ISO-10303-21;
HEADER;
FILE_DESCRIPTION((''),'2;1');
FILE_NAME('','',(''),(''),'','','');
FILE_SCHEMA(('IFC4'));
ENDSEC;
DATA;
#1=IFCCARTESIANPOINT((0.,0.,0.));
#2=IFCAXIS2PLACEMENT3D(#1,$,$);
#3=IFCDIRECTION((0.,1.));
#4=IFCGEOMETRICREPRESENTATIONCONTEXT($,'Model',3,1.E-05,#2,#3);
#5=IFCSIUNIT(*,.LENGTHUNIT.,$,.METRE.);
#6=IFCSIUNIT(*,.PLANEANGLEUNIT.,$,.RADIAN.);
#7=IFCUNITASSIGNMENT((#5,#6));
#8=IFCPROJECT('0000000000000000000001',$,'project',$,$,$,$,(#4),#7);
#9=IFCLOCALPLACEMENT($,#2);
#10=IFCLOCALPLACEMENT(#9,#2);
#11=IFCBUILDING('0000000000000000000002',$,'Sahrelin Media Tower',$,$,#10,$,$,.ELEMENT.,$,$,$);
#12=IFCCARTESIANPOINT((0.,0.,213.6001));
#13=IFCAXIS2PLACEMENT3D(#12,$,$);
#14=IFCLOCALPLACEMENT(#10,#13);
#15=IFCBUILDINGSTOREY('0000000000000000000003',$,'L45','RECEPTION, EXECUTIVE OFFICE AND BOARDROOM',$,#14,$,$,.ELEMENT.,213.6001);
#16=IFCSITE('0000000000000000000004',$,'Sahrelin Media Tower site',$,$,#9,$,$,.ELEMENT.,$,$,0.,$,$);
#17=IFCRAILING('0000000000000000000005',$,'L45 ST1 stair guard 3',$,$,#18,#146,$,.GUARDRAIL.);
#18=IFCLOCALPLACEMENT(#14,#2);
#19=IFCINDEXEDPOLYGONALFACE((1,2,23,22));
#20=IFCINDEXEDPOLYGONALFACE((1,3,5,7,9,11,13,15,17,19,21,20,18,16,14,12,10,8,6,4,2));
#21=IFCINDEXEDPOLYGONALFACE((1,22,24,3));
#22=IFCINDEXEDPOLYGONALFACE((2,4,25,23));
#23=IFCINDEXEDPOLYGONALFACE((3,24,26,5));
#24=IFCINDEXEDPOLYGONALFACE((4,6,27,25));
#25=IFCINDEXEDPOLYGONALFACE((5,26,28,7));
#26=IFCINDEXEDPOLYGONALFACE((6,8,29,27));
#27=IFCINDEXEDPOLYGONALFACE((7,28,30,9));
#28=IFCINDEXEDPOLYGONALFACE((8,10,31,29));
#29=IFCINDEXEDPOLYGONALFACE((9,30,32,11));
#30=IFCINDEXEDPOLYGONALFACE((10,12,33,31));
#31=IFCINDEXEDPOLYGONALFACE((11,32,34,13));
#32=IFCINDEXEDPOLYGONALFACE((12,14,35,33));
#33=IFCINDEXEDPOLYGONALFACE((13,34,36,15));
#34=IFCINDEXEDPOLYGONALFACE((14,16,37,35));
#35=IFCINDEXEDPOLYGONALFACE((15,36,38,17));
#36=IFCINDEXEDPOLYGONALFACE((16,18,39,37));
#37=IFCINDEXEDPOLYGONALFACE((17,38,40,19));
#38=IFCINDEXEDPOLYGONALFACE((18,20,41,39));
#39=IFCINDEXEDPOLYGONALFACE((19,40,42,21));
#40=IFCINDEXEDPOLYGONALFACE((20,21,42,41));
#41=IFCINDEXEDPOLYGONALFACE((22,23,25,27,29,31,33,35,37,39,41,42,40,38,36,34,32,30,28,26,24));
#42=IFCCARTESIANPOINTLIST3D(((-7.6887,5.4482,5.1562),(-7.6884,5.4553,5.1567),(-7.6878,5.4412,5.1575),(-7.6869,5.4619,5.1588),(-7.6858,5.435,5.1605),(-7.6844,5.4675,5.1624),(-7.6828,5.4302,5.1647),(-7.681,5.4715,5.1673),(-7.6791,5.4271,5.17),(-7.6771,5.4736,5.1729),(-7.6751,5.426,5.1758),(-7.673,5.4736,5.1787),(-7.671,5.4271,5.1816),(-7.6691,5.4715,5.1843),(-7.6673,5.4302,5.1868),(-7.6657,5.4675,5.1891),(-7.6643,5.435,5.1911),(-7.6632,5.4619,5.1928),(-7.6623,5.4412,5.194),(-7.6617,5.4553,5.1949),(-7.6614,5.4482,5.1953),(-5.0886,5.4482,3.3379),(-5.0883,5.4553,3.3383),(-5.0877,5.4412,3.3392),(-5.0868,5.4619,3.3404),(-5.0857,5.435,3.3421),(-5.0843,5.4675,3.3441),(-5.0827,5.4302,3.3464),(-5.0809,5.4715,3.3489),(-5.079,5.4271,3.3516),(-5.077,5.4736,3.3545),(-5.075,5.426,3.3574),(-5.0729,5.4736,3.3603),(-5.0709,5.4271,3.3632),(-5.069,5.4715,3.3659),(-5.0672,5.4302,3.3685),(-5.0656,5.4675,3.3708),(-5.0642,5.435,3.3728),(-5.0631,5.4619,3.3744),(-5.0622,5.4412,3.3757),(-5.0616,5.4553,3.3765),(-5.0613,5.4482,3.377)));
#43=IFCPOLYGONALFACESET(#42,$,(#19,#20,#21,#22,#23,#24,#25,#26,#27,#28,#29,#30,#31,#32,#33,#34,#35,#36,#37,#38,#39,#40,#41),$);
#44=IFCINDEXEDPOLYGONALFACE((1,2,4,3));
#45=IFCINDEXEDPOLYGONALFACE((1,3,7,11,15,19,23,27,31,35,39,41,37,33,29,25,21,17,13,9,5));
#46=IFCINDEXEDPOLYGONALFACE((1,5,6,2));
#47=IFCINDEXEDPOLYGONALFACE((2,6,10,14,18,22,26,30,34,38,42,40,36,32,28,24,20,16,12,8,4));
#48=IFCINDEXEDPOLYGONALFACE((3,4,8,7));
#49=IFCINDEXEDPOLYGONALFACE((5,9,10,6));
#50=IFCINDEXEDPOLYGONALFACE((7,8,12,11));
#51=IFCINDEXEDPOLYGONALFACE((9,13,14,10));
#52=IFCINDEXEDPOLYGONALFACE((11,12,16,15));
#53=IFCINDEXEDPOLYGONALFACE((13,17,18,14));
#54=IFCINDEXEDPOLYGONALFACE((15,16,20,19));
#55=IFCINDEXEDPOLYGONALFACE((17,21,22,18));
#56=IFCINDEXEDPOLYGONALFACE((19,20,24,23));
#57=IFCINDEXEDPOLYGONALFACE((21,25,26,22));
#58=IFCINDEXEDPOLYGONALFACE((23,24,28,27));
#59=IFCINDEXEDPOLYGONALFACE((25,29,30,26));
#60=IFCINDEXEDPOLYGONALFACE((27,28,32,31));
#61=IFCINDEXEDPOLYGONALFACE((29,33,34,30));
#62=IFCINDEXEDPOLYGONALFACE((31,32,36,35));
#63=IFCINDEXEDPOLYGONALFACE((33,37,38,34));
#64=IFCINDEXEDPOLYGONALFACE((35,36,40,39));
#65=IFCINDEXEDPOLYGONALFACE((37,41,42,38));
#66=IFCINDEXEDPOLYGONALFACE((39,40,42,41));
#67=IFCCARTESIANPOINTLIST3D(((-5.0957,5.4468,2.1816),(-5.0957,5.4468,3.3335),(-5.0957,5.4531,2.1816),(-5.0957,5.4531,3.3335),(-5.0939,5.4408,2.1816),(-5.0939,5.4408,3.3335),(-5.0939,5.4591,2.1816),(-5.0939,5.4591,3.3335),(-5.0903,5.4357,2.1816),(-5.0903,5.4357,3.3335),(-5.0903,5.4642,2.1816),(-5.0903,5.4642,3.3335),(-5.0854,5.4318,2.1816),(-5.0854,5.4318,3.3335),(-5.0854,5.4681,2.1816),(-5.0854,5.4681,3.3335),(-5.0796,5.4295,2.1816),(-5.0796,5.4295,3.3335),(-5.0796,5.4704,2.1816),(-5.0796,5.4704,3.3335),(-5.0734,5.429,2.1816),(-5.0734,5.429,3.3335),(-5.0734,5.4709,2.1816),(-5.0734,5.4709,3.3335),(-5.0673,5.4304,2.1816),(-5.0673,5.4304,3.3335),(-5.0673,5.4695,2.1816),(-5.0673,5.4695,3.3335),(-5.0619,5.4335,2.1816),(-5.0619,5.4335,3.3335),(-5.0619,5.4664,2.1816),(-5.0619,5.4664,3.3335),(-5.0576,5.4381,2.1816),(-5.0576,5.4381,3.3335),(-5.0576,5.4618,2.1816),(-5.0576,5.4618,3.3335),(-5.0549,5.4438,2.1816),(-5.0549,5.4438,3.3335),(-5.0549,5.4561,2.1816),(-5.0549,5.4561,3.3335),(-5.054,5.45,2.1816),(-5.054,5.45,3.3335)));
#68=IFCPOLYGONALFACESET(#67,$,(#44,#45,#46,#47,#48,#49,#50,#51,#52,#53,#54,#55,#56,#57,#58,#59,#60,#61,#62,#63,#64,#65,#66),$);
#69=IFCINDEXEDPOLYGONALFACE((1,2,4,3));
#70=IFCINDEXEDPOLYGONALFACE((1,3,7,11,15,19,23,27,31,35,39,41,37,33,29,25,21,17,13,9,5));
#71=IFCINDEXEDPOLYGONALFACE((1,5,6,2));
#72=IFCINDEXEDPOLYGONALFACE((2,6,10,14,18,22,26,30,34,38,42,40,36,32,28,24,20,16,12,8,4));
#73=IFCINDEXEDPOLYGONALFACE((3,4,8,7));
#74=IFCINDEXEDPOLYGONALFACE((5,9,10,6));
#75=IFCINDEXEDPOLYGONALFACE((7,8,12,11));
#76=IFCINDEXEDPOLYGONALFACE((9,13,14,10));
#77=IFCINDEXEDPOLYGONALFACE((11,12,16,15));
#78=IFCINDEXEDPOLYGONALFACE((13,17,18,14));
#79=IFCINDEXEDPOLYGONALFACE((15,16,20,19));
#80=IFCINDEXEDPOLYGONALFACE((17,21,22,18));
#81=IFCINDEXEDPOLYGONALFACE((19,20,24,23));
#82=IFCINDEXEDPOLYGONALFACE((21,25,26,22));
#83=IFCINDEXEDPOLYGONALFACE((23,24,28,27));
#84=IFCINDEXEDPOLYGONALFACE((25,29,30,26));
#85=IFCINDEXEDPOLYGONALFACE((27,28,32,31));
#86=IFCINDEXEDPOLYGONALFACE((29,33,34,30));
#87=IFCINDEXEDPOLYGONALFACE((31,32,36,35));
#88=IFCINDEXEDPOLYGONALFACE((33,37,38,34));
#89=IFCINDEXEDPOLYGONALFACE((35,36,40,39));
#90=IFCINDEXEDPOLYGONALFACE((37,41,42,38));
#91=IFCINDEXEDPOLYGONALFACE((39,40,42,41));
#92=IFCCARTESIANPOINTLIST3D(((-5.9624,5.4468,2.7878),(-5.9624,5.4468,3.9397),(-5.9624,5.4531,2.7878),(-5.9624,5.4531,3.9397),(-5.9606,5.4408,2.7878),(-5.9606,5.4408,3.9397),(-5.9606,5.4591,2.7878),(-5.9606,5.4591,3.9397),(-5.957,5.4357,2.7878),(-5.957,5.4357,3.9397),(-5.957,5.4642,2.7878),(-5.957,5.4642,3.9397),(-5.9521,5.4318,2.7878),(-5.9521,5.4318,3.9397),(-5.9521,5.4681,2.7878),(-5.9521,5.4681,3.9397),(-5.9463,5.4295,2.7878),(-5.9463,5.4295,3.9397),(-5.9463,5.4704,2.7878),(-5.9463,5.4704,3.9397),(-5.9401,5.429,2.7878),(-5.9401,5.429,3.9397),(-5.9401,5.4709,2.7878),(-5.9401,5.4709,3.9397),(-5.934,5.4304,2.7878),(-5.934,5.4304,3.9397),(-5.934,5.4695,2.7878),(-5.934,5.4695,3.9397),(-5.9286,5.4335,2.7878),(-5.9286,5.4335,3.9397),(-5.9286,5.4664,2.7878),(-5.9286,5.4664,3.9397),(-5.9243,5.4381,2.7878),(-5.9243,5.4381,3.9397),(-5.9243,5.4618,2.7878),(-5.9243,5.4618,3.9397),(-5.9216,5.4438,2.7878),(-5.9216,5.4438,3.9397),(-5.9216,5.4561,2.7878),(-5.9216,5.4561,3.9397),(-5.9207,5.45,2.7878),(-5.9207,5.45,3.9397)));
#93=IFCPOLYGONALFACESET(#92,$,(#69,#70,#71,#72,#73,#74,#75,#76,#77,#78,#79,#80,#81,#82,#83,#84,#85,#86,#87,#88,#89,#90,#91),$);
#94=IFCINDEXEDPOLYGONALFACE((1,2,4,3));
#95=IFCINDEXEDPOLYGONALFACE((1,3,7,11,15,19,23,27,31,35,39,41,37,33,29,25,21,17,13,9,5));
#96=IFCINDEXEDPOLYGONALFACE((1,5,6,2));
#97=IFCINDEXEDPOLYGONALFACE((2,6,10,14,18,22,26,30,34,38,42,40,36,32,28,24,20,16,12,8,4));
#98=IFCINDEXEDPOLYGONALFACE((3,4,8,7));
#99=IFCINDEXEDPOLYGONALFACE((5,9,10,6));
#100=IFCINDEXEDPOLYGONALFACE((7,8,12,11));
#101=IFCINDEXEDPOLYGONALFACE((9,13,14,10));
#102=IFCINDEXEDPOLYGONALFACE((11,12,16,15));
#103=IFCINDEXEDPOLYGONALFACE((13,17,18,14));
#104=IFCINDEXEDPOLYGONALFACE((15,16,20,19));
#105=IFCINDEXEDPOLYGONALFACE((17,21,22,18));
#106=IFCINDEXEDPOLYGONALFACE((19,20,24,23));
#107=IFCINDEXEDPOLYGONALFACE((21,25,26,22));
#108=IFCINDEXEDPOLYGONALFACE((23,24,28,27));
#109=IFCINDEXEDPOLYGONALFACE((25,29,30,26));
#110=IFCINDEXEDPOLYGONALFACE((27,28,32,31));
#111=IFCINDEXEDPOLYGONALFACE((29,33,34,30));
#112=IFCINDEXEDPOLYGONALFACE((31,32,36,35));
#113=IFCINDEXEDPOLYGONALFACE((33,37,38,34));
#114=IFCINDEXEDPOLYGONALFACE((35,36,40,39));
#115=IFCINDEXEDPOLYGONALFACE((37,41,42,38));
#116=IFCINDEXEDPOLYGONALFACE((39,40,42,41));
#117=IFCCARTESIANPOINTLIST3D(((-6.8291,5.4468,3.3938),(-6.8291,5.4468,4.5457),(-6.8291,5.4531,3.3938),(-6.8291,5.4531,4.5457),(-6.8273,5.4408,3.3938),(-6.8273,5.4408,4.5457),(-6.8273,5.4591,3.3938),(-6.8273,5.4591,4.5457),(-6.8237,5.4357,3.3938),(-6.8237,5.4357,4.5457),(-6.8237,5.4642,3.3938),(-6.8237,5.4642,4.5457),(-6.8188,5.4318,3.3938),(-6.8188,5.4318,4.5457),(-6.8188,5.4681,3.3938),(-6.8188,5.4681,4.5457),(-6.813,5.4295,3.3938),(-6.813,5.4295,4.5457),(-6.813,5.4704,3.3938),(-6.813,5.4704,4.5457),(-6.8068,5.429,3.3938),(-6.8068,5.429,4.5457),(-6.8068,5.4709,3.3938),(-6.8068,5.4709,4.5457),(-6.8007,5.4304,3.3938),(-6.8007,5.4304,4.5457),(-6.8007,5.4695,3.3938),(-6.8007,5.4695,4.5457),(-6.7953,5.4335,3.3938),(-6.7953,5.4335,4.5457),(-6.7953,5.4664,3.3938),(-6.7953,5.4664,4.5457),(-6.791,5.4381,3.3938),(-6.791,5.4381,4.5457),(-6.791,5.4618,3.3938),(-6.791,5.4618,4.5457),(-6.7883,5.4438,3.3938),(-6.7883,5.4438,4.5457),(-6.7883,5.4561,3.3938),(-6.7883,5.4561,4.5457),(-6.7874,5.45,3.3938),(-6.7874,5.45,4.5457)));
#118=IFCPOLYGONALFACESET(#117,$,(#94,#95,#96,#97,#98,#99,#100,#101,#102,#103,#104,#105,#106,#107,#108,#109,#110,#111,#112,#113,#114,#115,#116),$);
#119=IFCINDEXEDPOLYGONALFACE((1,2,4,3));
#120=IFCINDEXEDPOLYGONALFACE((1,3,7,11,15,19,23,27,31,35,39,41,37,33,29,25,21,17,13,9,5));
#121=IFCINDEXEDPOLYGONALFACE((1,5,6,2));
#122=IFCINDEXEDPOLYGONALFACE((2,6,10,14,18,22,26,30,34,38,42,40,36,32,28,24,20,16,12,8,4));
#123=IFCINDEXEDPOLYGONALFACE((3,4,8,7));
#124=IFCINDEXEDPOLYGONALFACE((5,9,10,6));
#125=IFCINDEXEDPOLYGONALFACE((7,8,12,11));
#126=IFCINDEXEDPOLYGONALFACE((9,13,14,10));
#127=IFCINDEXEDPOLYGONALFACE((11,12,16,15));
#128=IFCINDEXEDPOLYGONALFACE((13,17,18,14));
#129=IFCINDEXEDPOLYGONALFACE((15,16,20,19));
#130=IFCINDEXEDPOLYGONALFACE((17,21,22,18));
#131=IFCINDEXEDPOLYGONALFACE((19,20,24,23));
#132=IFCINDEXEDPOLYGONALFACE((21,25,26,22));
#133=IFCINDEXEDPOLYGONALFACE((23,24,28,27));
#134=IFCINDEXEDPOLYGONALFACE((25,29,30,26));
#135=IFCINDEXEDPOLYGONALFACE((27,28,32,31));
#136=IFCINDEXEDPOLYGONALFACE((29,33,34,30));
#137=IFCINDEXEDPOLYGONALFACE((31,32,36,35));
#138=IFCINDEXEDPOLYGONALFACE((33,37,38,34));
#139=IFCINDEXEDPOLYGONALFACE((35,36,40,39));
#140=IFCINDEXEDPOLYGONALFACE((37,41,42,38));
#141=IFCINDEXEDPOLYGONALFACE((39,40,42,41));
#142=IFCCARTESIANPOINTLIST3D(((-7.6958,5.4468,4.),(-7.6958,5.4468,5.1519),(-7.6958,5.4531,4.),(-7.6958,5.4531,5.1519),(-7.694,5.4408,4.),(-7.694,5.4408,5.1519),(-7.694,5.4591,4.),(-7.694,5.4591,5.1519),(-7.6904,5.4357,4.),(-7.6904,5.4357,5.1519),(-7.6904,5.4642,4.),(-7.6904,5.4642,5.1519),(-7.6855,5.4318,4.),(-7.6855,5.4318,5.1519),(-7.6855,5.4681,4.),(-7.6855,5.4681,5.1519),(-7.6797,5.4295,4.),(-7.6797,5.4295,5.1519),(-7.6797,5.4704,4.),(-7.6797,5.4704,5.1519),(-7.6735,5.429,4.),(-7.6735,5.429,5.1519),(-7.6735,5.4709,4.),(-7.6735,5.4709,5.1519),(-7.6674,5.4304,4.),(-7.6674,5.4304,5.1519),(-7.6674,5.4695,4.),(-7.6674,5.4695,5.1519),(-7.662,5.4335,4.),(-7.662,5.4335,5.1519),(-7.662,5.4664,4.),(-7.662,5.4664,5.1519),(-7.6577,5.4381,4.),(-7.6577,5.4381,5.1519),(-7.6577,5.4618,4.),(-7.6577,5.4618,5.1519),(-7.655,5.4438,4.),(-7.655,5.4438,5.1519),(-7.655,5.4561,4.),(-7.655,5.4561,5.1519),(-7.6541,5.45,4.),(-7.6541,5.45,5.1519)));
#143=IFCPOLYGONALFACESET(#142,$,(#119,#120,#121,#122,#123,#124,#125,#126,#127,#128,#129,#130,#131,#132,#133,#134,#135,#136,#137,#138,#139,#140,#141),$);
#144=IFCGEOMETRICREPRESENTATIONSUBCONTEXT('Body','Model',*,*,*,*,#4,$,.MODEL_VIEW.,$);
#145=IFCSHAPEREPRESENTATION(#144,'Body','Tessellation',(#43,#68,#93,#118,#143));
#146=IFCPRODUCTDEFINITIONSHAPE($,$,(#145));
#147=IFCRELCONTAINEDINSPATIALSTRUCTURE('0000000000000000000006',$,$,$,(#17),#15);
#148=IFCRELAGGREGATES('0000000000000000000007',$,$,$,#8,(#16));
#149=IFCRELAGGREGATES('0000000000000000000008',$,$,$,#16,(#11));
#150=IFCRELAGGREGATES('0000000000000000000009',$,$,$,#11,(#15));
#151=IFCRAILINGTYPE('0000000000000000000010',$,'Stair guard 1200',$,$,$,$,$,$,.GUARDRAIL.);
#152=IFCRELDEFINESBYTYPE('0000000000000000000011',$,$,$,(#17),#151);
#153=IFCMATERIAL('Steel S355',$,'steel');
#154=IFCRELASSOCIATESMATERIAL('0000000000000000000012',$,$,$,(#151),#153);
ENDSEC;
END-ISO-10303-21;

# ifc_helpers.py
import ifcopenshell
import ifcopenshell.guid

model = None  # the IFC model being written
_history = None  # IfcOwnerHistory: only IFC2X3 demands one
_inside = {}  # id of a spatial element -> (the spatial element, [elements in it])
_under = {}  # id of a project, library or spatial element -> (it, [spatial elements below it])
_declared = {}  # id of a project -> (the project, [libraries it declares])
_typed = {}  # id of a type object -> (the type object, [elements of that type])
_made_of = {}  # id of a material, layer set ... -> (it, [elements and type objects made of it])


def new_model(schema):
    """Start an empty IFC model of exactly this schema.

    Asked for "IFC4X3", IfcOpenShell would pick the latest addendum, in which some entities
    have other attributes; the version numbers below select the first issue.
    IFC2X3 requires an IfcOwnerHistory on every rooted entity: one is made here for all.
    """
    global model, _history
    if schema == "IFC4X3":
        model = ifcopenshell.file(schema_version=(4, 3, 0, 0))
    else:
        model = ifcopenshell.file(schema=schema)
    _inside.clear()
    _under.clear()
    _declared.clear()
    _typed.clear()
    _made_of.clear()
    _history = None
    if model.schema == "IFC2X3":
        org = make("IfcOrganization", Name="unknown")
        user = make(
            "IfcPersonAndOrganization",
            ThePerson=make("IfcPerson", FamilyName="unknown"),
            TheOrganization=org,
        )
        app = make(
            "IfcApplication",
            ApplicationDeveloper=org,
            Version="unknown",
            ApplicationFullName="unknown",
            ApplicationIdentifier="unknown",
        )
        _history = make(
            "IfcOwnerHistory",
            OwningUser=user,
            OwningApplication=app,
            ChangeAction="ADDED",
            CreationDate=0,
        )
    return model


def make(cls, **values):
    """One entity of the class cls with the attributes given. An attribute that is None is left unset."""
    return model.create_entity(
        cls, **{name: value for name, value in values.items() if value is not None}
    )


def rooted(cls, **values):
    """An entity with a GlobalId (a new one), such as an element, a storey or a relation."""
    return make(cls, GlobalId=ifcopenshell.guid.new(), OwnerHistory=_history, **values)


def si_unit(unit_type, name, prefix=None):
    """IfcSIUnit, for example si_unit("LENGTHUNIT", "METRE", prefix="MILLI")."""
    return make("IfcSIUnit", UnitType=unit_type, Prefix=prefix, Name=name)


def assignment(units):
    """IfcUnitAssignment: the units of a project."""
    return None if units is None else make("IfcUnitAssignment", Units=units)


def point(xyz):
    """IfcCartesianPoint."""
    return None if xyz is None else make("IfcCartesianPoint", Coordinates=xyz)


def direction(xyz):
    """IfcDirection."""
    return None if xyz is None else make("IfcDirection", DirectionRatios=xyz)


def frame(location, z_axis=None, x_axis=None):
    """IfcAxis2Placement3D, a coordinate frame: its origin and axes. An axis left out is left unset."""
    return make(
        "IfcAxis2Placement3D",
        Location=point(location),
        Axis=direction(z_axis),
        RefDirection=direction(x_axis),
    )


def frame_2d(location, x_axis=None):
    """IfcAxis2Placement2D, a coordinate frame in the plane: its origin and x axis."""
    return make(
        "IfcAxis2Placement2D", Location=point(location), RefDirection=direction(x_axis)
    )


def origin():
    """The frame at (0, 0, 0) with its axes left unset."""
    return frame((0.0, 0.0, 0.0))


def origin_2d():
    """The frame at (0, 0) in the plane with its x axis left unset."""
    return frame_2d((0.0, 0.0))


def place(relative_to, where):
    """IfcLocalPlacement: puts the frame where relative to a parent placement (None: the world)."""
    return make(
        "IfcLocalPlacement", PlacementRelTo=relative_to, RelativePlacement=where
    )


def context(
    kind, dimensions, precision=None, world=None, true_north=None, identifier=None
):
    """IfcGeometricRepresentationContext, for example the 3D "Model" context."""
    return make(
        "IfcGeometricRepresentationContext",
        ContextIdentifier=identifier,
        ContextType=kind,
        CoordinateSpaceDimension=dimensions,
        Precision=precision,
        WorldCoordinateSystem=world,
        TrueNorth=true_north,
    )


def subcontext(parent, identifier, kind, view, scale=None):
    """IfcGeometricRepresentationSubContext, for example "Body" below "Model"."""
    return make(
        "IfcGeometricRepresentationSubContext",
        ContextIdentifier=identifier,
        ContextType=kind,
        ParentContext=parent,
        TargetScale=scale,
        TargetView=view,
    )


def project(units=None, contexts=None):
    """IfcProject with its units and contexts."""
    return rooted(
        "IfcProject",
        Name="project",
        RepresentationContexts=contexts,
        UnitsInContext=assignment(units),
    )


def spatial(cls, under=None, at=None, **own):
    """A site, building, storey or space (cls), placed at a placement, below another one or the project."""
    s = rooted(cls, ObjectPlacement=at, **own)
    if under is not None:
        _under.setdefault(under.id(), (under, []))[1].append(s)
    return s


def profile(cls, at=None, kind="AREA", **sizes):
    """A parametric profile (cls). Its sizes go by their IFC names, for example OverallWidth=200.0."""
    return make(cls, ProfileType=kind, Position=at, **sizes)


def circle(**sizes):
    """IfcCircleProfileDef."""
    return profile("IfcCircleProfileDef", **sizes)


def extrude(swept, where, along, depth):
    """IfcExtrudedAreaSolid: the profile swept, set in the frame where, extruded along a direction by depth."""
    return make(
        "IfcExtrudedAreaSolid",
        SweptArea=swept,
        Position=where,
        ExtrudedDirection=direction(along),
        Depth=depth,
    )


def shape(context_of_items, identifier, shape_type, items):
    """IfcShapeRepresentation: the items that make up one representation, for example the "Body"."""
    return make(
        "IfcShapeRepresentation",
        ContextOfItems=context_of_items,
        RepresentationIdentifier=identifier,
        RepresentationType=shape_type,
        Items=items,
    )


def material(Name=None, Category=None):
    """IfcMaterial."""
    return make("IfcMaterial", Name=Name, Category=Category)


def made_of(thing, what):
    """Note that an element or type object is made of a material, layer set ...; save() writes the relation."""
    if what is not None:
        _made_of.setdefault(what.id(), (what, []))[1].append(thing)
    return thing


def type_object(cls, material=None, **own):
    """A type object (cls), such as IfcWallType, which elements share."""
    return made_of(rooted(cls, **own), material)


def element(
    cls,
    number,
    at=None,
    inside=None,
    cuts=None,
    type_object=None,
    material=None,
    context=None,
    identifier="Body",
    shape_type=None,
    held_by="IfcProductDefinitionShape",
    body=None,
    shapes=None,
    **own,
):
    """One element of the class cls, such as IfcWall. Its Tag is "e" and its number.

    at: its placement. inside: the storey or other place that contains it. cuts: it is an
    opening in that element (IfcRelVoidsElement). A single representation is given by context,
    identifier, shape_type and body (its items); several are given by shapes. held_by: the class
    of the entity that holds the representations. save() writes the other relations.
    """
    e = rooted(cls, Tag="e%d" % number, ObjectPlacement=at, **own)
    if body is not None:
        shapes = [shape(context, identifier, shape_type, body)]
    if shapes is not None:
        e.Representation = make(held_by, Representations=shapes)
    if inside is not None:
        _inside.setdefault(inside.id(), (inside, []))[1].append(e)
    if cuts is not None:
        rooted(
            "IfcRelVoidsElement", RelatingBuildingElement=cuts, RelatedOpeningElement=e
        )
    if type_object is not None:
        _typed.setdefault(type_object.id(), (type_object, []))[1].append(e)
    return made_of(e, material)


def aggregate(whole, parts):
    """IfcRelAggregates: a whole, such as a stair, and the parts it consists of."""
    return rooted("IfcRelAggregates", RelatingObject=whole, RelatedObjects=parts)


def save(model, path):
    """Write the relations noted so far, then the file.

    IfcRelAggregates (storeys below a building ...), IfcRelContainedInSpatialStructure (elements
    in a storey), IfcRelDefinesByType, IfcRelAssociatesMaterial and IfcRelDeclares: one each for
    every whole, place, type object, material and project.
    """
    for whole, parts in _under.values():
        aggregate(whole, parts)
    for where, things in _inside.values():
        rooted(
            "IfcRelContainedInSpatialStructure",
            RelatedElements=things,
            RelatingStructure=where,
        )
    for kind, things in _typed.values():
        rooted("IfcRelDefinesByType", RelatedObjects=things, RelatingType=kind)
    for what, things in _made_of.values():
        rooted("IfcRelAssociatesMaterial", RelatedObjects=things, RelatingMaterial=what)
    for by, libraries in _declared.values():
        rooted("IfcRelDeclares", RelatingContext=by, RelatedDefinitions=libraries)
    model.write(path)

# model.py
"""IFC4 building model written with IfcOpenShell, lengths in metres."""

from ifc_helpers import new_model, si_unit, direction, frame, origin, origin_2d, place, context, subcontext, project, spatial, circle, extrude, material, type_object, element, save


model = new_model("IFC4")

# Units and contexts
model_context = context("Model", 3, precision=1e-05, world=origin(), true_north=direction((0.0, 1.0)))
body_context = subcontext(model_context, "Body", "Model", "MODEL_VIEW")
ifc_project = project(units=[si_unit("LENGTHUNIT", "METRE"), si_unit("PLANEANGLEUNIT", "RADIAN")], contexts=[model_context])

# Site, building, storey
site_placement = place(None, origin())
site = spatial("IfcSite", under=ifc_project, at=site_placement, Name="Sahrelin Media Tower site", CompositionType="ELEMENT", RefElevation=0.0)
building_placement = place(site_placement, origin())
building = spatial("IfcBuilding", under=site, at=building_placement, Name="Sahrelin Media Tower", CompositionType="ELEMENT")
storey_placement = place(building_placement, frame((0.0, 0.0, 213.6001)))
storey = spatial("IfcBuildingStorey", under=building, at=storey_placement, Name="L45", Description="RECEPTION, EXECUTIVE OFFICE AND BOARDROOM", CompositionType="ELEMENT", Elevation=213.6001)

# Shared definitions
ifc_material_1 = material(Name="Steel S355", Category="steel")

# Railing
railing_type_1 = type_object("IfcRailingType", Name="Stair guard 1200", PredefinedType="GUARDRAIL", material=ifc_material_1)
railing_1_placement = place(storey_placement, frame((-5.075, 5.45, 2.1816)))
element("IfcRailing", 1, at=railing_1_placement, inside=storey, type_object=railing_type_1, Name="L45 ST1 stair guard 3", PredefinedType="GUARDRAIL", context=body_context, shape_type="SweptSolid", body=[
    extrude(circle(Radius=0.0239, at=origin_2d()), frame((0.0, 0.0, 1.1758), z_axis=(-0.819485, 0.0, 0.573101), x_axis=(0.0, -1.0, 0.0)), (0.0, 0.0, 1.0), 3.1729),
    extrude(circle(Radius=0.021, at=origin_2d()), origin(), (0.0, 0.0, 1.0), 1.1519),
    extrude(circle(Radius=0.021, at=origin_2d()), frame((-0.8667, 0.0, 0.6062)), (0.0, 0.0, 1.0), 1.1519),
    extrude(circle(Radius=0.021, at=origin_2d()), frame((-1.7334, 0.0, 1.2122)), (0.0, 0.0, 1.0), 1.1519),
    extrude(circle(Radius=0.021, at=origin_2d()), frame((-2.6001, 0.0, 1.8184)), (0.0, 0.0, 1.0), 1.1519),
])

save(model, "model.ifc")
